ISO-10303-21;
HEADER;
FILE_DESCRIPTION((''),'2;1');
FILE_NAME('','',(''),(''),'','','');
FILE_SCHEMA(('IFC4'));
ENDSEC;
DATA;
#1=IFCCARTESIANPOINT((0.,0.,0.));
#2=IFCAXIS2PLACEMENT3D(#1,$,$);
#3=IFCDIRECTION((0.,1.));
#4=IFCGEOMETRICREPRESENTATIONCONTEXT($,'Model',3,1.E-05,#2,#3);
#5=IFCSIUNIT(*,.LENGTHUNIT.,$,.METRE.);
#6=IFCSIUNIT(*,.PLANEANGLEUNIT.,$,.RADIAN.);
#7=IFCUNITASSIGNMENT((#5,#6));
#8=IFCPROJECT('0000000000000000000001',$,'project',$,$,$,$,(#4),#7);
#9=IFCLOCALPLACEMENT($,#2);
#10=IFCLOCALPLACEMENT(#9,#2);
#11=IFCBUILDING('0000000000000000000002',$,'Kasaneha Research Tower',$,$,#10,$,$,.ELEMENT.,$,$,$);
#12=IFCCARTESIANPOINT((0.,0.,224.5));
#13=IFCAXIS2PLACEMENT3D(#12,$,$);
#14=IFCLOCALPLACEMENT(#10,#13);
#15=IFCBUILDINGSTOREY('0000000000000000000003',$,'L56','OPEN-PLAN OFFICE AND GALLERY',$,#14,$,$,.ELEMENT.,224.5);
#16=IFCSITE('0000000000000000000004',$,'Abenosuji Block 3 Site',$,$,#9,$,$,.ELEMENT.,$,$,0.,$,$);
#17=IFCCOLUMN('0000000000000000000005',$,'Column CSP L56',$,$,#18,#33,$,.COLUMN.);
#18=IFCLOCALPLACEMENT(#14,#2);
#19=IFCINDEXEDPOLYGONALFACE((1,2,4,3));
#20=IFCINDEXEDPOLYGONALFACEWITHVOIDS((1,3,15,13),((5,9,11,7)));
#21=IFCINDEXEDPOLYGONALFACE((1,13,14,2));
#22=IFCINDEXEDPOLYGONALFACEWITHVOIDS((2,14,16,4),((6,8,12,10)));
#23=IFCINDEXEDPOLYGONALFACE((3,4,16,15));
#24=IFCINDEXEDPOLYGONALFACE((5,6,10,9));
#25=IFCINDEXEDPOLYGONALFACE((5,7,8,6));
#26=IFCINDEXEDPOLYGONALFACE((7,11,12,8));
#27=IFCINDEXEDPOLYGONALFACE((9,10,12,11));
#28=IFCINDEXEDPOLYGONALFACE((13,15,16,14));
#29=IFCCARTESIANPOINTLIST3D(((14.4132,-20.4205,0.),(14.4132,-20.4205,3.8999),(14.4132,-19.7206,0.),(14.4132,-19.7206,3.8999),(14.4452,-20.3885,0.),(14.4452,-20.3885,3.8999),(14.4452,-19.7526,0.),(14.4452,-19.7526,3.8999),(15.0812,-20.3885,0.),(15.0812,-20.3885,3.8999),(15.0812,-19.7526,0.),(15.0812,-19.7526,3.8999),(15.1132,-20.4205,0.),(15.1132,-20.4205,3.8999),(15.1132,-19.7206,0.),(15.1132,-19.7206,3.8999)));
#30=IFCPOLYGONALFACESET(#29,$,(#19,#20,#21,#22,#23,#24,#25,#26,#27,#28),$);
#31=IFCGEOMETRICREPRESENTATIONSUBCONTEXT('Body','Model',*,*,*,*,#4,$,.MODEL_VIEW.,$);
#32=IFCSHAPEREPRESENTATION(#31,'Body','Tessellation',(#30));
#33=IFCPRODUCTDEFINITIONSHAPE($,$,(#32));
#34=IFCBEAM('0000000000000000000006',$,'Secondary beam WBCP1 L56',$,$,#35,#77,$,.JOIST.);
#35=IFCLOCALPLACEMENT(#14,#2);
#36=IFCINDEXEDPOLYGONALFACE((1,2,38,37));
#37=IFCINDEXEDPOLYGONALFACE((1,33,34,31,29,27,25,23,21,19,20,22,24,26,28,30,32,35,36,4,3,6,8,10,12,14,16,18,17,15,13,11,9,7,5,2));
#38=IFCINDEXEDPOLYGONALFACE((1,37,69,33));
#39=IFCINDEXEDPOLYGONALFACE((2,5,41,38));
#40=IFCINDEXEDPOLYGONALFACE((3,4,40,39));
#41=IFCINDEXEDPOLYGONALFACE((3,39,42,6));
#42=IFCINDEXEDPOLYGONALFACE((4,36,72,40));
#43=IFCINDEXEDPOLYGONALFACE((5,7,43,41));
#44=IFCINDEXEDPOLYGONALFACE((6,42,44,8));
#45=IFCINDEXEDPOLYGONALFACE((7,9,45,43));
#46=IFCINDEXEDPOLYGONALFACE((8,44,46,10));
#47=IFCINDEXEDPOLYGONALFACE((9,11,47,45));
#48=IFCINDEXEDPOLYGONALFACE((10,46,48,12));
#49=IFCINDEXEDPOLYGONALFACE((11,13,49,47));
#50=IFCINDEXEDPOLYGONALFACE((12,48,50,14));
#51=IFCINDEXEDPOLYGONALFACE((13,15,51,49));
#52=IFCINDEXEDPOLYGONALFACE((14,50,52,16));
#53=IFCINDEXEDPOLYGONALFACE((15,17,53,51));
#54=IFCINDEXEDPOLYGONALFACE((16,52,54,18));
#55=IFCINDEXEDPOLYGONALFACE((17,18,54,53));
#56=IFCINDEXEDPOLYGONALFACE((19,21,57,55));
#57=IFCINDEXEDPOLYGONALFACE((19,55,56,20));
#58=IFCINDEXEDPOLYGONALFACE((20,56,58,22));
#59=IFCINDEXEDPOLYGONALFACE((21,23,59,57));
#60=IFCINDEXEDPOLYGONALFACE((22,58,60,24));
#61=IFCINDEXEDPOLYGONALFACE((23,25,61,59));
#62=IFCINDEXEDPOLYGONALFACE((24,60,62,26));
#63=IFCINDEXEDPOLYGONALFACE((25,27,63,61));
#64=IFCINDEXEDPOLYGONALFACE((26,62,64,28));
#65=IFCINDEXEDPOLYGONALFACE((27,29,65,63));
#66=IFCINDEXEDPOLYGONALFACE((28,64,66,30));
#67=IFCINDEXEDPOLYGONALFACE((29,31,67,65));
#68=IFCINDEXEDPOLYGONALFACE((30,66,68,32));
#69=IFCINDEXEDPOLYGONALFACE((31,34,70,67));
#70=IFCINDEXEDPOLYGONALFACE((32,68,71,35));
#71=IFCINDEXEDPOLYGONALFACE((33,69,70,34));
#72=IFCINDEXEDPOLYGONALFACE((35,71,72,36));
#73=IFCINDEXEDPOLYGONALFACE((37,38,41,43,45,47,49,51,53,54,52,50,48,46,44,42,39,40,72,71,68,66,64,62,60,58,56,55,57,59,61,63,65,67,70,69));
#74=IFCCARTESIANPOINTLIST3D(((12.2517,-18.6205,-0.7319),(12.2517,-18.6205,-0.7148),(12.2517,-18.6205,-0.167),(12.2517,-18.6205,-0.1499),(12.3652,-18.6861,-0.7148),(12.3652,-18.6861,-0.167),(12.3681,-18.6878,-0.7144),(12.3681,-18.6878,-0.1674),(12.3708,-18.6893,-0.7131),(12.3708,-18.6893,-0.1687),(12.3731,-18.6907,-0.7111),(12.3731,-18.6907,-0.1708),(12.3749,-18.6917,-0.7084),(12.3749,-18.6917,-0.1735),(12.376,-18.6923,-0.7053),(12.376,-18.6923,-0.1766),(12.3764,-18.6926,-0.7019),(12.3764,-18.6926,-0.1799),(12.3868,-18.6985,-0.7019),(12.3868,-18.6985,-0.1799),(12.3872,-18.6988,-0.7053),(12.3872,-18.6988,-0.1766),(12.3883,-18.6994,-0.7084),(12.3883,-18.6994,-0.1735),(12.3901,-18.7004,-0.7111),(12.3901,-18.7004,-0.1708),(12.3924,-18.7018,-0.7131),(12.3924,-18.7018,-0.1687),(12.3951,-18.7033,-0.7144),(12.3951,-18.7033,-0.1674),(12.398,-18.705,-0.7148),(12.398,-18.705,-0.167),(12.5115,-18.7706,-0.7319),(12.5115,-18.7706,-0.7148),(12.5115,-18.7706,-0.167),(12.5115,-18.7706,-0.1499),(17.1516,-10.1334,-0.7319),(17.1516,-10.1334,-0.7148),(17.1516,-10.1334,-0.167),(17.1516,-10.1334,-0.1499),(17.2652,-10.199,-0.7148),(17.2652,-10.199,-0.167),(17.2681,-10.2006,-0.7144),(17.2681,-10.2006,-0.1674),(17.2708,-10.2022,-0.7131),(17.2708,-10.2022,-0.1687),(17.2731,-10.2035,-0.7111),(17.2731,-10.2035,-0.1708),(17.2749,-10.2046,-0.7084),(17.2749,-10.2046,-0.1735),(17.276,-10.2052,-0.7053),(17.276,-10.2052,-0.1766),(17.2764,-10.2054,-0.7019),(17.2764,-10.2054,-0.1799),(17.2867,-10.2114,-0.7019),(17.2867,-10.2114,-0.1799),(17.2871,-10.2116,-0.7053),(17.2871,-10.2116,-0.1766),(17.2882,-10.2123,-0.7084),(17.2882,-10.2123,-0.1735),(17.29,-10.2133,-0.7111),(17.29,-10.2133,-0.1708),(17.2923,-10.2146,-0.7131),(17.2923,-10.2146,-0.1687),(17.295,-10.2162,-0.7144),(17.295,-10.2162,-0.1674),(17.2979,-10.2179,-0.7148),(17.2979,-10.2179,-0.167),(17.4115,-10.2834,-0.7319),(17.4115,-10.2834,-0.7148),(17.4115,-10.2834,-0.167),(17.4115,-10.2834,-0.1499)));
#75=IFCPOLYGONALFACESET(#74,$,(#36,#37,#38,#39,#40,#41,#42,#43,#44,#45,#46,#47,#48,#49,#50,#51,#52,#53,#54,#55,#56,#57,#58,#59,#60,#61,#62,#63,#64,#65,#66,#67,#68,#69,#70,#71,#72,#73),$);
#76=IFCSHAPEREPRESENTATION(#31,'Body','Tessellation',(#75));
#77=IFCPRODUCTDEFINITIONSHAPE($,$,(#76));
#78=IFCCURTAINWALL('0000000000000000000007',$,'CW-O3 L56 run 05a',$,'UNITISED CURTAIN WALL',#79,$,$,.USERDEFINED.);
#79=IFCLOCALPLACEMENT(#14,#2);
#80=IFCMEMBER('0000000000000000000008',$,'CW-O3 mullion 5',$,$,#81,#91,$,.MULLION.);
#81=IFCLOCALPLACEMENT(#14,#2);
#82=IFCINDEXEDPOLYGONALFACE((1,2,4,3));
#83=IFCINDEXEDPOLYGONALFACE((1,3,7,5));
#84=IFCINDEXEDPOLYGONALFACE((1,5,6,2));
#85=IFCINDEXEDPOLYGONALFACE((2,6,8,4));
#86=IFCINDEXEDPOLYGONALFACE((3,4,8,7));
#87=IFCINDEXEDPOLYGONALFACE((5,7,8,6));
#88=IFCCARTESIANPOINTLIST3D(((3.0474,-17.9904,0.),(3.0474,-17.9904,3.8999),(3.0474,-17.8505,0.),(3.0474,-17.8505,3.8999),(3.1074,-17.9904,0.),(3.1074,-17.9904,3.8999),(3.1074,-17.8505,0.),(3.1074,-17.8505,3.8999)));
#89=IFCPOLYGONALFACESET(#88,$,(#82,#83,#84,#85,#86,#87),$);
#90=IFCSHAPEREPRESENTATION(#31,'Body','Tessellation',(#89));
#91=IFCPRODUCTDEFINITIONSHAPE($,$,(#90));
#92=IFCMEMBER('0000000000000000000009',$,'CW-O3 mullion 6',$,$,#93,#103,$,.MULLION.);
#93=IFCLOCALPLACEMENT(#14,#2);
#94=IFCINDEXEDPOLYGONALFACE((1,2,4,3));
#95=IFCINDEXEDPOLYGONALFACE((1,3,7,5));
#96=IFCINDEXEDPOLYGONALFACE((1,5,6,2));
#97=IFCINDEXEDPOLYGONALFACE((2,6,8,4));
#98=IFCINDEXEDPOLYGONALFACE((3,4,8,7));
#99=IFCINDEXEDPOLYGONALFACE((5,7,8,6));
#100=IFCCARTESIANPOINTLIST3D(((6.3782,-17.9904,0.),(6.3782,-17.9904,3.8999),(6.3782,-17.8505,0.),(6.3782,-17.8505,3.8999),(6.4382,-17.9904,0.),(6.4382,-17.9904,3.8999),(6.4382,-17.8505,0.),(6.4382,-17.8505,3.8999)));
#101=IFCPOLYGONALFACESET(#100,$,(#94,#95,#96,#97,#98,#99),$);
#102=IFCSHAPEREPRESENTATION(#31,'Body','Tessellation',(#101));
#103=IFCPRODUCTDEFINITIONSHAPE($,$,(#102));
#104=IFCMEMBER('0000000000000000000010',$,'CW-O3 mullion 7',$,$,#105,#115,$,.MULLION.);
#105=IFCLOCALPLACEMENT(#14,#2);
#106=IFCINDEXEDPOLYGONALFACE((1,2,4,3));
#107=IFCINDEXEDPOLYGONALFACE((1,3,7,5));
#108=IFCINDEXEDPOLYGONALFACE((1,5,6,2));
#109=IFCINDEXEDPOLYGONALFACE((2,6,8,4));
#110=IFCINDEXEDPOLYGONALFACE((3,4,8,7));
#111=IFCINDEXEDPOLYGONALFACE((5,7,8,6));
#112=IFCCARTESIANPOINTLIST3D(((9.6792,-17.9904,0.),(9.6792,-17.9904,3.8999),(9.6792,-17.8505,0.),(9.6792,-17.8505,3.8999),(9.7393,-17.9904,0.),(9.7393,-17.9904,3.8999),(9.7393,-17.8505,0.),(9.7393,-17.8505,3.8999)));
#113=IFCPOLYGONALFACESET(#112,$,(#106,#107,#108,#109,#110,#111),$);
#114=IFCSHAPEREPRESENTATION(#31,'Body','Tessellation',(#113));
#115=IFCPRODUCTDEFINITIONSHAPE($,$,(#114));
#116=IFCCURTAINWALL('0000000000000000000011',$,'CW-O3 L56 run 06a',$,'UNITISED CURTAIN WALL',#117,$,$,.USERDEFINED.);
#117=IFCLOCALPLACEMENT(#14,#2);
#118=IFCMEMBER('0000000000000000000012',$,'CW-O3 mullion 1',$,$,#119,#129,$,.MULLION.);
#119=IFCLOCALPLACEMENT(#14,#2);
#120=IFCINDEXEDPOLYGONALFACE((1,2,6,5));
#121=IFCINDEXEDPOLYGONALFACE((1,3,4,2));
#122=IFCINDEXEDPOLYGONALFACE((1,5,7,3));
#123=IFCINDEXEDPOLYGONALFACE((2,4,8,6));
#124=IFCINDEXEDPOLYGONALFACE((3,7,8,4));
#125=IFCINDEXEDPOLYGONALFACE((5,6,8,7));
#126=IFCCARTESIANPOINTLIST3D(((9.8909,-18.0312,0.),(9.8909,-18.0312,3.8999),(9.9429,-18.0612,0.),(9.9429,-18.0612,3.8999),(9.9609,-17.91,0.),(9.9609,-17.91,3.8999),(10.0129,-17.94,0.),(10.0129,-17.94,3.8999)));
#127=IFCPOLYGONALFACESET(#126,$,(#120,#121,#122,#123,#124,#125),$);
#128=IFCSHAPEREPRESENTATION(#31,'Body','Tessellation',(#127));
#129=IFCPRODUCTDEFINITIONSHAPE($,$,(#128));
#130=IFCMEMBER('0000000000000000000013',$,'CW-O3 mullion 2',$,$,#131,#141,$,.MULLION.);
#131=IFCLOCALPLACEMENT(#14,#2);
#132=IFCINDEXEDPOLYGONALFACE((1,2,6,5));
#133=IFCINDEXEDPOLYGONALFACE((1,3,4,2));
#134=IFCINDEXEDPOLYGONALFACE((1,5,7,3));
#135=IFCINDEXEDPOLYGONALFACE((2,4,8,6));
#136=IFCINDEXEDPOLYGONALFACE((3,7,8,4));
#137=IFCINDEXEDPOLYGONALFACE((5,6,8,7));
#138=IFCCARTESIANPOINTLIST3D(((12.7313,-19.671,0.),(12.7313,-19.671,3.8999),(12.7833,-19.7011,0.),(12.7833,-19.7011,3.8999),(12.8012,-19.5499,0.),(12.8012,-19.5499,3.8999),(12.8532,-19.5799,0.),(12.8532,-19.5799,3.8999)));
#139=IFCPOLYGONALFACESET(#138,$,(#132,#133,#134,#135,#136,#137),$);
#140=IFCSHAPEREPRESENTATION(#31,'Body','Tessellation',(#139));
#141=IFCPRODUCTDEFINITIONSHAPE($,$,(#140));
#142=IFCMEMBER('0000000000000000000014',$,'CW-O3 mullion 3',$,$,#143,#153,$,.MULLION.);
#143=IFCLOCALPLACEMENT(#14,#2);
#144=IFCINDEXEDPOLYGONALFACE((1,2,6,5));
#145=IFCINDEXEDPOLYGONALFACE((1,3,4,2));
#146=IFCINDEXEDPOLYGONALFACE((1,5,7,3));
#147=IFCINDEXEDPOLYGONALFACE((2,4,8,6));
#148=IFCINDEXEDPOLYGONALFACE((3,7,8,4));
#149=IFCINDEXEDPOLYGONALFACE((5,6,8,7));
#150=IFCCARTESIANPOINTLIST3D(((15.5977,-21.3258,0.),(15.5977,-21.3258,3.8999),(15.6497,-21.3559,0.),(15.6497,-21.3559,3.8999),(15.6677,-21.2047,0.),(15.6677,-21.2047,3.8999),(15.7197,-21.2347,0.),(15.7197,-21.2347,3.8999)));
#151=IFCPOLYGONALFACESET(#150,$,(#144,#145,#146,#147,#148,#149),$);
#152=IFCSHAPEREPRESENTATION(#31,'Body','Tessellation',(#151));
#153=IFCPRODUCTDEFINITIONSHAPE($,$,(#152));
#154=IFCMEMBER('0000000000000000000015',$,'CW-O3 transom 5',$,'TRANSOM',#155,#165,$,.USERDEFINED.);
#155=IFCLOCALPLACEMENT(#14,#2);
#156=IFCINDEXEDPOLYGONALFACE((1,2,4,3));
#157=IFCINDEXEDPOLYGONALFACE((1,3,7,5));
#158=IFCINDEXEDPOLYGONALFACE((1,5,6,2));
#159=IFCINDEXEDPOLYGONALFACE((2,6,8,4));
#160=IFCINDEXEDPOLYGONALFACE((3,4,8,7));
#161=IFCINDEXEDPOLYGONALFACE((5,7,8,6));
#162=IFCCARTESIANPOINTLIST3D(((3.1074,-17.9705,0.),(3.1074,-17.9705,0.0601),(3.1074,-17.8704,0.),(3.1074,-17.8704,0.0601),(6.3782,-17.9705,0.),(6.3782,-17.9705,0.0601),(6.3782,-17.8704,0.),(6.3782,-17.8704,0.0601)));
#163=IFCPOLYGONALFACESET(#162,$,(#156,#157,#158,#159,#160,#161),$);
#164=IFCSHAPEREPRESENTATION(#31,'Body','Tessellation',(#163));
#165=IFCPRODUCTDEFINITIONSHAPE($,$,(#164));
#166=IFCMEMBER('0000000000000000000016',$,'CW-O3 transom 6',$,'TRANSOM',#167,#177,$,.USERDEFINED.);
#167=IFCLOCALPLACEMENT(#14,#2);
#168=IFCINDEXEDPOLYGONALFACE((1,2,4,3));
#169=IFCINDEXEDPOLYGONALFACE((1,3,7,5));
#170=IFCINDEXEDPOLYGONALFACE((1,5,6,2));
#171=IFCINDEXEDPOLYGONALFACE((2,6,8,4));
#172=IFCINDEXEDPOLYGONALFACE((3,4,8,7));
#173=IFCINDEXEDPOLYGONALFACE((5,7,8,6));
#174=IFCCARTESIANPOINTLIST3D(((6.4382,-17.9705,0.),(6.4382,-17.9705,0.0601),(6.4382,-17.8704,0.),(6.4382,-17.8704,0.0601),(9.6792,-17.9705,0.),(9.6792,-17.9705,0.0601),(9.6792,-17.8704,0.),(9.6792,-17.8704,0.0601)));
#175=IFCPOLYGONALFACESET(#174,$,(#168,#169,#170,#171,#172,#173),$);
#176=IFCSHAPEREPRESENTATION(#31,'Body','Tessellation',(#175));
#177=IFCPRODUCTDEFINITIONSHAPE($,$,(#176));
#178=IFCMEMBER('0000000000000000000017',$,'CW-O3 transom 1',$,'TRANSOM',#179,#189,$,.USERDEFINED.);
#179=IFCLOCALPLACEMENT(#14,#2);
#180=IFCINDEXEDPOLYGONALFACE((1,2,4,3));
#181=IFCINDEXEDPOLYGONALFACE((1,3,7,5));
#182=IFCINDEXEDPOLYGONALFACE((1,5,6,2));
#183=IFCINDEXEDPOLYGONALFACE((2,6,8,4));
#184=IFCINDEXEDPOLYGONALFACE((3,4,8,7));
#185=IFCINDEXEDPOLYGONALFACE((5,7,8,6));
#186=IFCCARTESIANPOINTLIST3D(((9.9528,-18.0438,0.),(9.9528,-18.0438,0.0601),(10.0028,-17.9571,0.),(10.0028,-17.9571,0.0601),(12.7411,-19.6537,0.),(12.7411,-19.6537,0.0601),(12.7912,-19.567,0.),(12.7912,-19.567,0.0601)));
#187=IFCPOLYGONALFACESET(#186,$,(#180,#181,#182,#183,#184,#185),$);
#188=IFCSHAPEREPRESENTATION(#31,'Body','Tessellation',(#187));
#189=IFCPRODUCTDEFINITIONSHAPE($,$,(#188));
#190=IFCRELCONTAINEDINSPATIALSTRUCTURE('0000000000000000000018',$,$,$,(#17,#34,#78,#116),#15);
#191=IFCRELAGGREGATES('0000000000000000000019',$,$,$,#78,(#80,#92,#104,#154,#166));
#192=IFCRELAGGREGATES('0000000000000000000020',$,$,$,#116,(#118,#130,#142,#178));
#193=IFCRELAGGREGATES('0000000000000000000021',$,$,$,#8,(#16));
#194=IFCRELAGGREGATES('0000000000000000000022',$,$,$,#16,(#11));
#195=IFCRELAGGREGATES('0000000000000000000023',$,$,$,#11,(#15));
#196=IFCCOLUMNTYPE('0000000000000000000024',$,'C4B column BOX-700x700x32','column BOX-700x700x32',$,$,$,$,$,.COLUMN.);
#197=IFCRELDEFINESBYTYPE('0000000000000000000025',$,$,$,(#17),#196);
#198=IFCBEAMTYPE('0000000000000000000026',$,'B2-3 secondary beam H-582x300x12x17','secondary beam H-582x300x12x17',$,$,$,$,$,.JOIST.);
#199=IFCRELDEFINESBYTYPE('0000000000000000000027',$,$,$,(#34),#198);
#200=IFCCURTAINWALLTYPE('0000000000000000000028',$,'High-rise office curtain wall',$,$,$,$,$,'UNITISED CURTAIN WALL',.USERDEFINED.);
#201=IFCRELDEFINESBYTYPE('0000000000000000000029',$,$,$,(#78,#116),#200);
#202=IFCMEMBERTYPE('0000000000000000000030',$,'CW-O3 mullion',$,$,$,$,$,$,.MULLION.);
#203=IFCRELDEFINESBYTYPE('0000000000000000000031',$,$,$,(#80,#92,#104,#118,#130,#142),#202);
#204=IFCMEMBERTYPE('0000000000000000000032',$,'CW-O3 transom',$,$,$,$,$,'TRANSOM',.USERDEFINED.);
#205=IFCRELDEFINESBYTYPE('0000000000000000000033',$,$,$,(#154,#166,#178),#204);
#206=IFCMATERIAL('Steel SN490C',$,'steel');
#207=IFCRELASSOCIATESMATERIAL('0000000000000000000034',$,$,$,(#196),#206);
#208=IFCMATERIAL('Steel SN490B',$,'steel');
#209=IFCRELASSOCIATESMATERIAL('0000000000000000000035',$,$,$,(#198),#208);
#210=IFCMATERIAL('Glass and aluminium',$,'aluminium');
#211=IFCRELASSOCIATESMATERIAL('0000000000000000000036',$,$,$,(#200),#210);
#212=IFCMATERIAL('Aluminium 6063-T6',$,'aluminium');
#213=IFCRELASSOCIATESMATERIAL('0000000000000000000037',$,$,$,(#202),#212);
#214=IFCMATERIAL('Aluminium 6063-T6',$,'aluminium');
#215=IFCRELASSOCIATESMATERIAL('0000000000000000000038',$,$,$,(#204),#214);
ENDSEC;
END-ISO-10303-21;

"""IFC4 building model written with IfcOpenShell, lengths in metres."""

from ifc_helpers import new_model, si_unit, direction, frame, origin, origin_2d, place, context, subcontext, project, spatial, rectangle, hollow_rectangle, i_section, extrude, material, material_profile, profile_set, type_object, element, aggregate, save


model = new_model("IFC4")

# Units and contexts
model_context = context("Model", 3, precision=1e-05, world=origin(), true_north=direction((0.0, 1.0)))
body_context = subcontext(model_context, "Body", "Model", "MODEL_VIEW")
ifc_project = project(units=[si_unit("LENGTHUNIT", "METRE"), si_unit("PLANEANGLEUNIT", "RADIAN")], contexts=[model_context])

# Site, building, storey
site_placement = place(None, origin())
site = spatial("IfcSite", under=ifc_project, at=site_placement, Name="Abenosuji Block 3 Site", CompositionType="ELEMENT", RefElevation=0.0)
building_placement = place(site_placement, origin())
building = spatial("IfcBuilding", under=site, at=building_placement, Name="Kasaneha Research Tower", CompositionType="ELEMENT")
storey_placement = place(building_placement, frame((0.0, 0.0, 224.5)))
storey = spatial("IfcBuildingStorey", under=building, at=storey_placement, Name="L56", Description="OPEN-PLAN OFFICE AND GALLERY", CompositionType="ELEMENT", Elevation=224.5)

# Column
ifc_material_1 = material(Name="Steel SN490C", Category="steel")
ifc_material_profile_1 = material_profile(ifc_material_1, hollow_rectangle(XDim=0.7, YDim=0.7, WallThickness=0.032, at=origin_2d()), Name="BOX-700x700x32")
ifc_profile_set_1 = profile_set([ifc_material_profile_1], Name="Steel SN490C")
column_type = type_object("IfcColumnType", Name="C4B column BOX-700x700x32", Description="column BOX-700x700x32", PredefinedType="COLUMN", material=ifc_profile_set_1)
column_placement = place(storey_placement, frame((14.7632, -20.0706, 0.0), z_axis=(0.0, 0.0, 1.0), x_axis=(1.0, 0.0, 0.0)))
element("IfcColumn", 1, at=column_placement, inside=storey, type_object=column_type, Name="Column CSP L56", PredefinedType="COLUMN", context=body_context, shape_type="SweptSolid", body=[
    extrude(hollow_rectangle(XDim=0.7, YDim=0.7, WallThickness=0.032, at=origin_2d()), origin(), (0.0, 0.0, 1.0), 3.8999),
])

# Beam
ifc_material_2 = material(Name="Steel SN490B", Category="steel")
ifc_material_profile_2 = material_profile(ifc_material_2, i_section(OverallWidth=0.3, OverallDepth=0.582, WebThickness=0.012, FlangeThickness=0.0171, FilletRadius=0.0129, at=origin_2d()), Name="H-582x300x12x17")
ifc_profile_set_2 = profile_set([ifc_material_profile_2], Name="Steel SN490B")
beam_type_1 = type_object("IfcBeamType", Name="B2-3 secondary beam H-582x300x12x17", Description="secondary beam H-582x300x12x17", PredefinedType="JOIST", material=ifc_profile_set_2)
beam_1_placement = place(storey_placement, frame((12.3816, -18.6956, -0.4409), z_axis=(0.499992, 0.86603, 0.0), x_axis=(-0.86603, 0.499992, 0.0)))
element("IfcBeam", 2, at=beam_1_placement, inside=storey, type_object=beam_type_1, Name="Secondary beam WBCP1 L56", PredefinedType="JOIST", context=body_context, shape_type="SweptSolid", body=[
    extrude(i_section(OverallWidth=0.3, OverallDepth=0.582, WebThickness=0.012, FlangeThickness=0.0171, FilletRadius=0.0129, at=origin_2d()), origin(), (0.0, 0.0, 1.0), 9.8),
])

# Curtain walls, members
ifc_material_3 = material(Name="Glass and aluminium", Category="aluminium")
curtain_wall_type = type_object("IfcCurtainWallType", Name="High-rise office curtain wall", ElementType="UNITISED CURTAIN WALL", PredefinedType="USERDEFINED", material=ifc_material_3)
curtain_wall_1_placement = place(storey_placement, origin())
curtain_wall_1 = element("IfcCurtainWall", 3, at=curtain_wall_1_placement, inside=storey, type_object=curtain_wall_type, Name="CW-O3 L56 run 05a", ObjectType="UNITISED CURTAIN WALL", PredefinedType="USERDEFINED")
ifc_material_4 = material(Name="Aluminium 6063-T6", Category="aluminium")
ifc_material_profile_3 = material_profile(ifc_material_4, rectangle(XDim=0.0601, YDim=0.1399, at=origin_2d()), Name="CW-O3 mullion 60x140")
ifc_profile_set_3 = profile_set([ifc_material_profile_3], Name="Aluminium 6063-T6")
member_type_1 = type_object("IfcMemberType", Name="CW-O3 mullion", PredefinedType="MULLION", material=ifc_profile_set_3)
member_1_placement = place(storey_placement, frame((3.0774, -17.9204, 0.0), z_axis=(0.0, 0.0, 1.0), x_axis=(1.0, 0.0, 0.0)))
member_1 = element("IfcMember", 4, at=member_1_placement, type_object=member_type_1, Name="CW-O3 mullion 5", PredefinedType="MULLION", context=body_context, shape_type="SweptSolid", body=[
    extrude(rectangle(XDim=0.0601, YDim=0.1399, at=origin_2d()), origin(), (0.0, 0.0, 1.0), 3.8999),
])
member_2_placement = place(storey_placement, frame((6.4082, -17.9204, 0.0), z_axis=(0.0, 0.0, 1.0), x_axis=(1.0, 0.0, 0.0)))
member_2 = element("IfcMember", 5, at=member_2_placement, type_object=member_type_1, Name="CW-O3 mullion 6", PredefinedType="MULLION", context=body_context, shape_type="SweptSolid", body=[
    extrude(rectangle(XDim=0.0601, YDim=0.1399, at=origin_2d()), origin(), (0.0, 0.0, 1.0), 3.8999),
])
member_3_placement = place(storey_placement, frame((9.7092, -17.9204, 0.0), z_axis=(0.0, 0.0, 1.0), x_axis=(1.0, 0.0, 0.0)))
member_3 = element("IfcMember", 6, at=member_3_placement, type_object=member_type_1, Name="CW-O3 mullion 7", PredefinedType="MULLION", context=body_context, shape_type="SweptSolid", body=[
    extrude(rectangle(XDim=0.0601, YDim=0.1399, at=origin_2d()), origin(), (0.0, 0.0, 1.0), 3.8999),
])
curtain_wall_2_placement = place(storey_placement, origin())
curtain_wall_2 = element("IfcCurtainWall", 7, at=curtain_wall_2_placement, inside=storey, type_object=curtain_wall_type, Name="CW-O3 L56 run 06a", ObjectType="UNITISED CURTAIN WALL", PredefinedType="USERDEFINED")
member_4_placement = place(storey_placement, frame((9.9519, -17.9856, 0.0), z_axis=(0.0, 0.0, 1.0), x_axis=(0.866025, -0.5, 0.0)))
member_4 = element("IfcMember", 8, at=member_4_placement, type_object=member_type_1, Name="CW-O3 mullion 1", PredefinedType="MULLION", context=body_context, shape_type="SweptSolid", body=[
    extrude(rectangle(XDim=0.0601, YDim=0.1399, at=origin_2d()), origin(), (0.0, 0.0, 1.0), 3.8999),
])
member_5_placement = place(storey_placement, frame((12.7922, -19.6255, 0.0), z_axis=(0.0, 0.0, 1.0), x_axis=(0.866025, -0.5, 0.0)))
member_5 = element("IfcMember", 9, at=member_5_placement, type_object=member_type_1, Name="CW-O3 mullion 2", PredefinedType="MULLION", context=body_context, shape_type="SweptSolid", body=[
    extrude(rectangle(XDim=0.0601, YDim=0.1399, at=origin_2d()), origin(), (0.0, 0.0, 1.0), 3.8999),
])
member_6_placement = place(storey_placement, frame((15.6587, -21.2803, 0.0), z_axis=(0.0, 0.0, 1.0), x_axis=(0.866025, -0.5, 0.0)))
member_6 = element("IfcMember", 10, at=member_6_placement, type_object=member_type_1, Name="CW-O3 mullion 3", PredefinedType="MULLION", context=body_context, shape_type="SweptSolid", body=[
    extrude(rectangle(XDim=0.0601, YDim=0.1399, at=origin_2d()), origin(), (0.0, 0.0, 1.0), 3.8999),
])

# Members
ifc_material_5 = material(Name="Aluminium 6063-T6", Category="aluminium")
ifc_material_profile_4 = material_profile(ifc_material_5, rectangle(XDim=0.1001, YDim=0.0601, at=origin_2d()), Name="CW-O3 transom 100x60")
ifc_profile_set_4 = profile_set([ifc_material_profile_4], Name="Aluminium 6063-T6")
member_type_2 = type_object("IfcMemberType", Name="CW-O3 transom", ElementType="TRANSOM", PredefinedType="USERDEFINED", material=ifc_profile_set_4)
member_7_placement = place(storey_placement, frame((3.1074, -17.9204, 0.03), z_axis=(1.0, 0.0, 0.0), x_axis=(0.0, 1.0, 0.0)))
member_7 = element("IfcMember", 11, at=member_7_placement, type_object=member_type_2, Name="CW-O3 transom 5", ObjectType="TRANSOM", PredefinedType="USERDEFINED", context=body_context, shape_type="SweptSolid", body=[
    extrude(rectangle(XDim=0.1001, YDim=0.0601, at=origin_2d()), origin(), (0.0, 0.0, 1.0), 3.2708),
])
member_8_placement = place(storey_placement, frame((6.4382, -17.9204, 0.03), z_axis=(1.0, 0.0, 0.0), x_axis=(0.0, 1.0, 0.0)))
member_8 = element("IfcMember", 12, at=member_8_placement, type_object=member_type_2, Name="CW-O3 transom 6", ObjectType="TRANSOM", PredefinedType="USERDEFINED", context=body_context, shape_type="SweptSolid", body=[
    extrude(rectangle(XDim=0.1001, YDim=0.0601, at=origin_2d()), origin(), (0.0, 0.0, 1.0), 3.241),
])
member_9_placement = place(storey_placement, frame((9.9778, -18.0005, 0.03), z_axis=(0.866023, -0.500005, 0.0), x_axis=(0.500005, 0.866023, 0.0)))
member_9 = element("IfcMember", 13, at=member_9_placement, type_object=member_type_2, Name="CW-O3 transom 1", ObjectType="TRANSOM", PredefinedType="USERDEFINED", context=body_context, shape_type="SweptSolid", body=[
    extrude(rectangle(XDim=0.1001, YDim=0.0601, at=origin_2d()), origin(), (0.0, 0.0, 1.0), 3.2197),
])

aggregate(curtain_wall_1, [member_1, member_2, member_3, member_7, member_8])
aggregate(curtain_wall_2, [member_4, member_5, member_6, member_9])

save(model, "model.ifc")
